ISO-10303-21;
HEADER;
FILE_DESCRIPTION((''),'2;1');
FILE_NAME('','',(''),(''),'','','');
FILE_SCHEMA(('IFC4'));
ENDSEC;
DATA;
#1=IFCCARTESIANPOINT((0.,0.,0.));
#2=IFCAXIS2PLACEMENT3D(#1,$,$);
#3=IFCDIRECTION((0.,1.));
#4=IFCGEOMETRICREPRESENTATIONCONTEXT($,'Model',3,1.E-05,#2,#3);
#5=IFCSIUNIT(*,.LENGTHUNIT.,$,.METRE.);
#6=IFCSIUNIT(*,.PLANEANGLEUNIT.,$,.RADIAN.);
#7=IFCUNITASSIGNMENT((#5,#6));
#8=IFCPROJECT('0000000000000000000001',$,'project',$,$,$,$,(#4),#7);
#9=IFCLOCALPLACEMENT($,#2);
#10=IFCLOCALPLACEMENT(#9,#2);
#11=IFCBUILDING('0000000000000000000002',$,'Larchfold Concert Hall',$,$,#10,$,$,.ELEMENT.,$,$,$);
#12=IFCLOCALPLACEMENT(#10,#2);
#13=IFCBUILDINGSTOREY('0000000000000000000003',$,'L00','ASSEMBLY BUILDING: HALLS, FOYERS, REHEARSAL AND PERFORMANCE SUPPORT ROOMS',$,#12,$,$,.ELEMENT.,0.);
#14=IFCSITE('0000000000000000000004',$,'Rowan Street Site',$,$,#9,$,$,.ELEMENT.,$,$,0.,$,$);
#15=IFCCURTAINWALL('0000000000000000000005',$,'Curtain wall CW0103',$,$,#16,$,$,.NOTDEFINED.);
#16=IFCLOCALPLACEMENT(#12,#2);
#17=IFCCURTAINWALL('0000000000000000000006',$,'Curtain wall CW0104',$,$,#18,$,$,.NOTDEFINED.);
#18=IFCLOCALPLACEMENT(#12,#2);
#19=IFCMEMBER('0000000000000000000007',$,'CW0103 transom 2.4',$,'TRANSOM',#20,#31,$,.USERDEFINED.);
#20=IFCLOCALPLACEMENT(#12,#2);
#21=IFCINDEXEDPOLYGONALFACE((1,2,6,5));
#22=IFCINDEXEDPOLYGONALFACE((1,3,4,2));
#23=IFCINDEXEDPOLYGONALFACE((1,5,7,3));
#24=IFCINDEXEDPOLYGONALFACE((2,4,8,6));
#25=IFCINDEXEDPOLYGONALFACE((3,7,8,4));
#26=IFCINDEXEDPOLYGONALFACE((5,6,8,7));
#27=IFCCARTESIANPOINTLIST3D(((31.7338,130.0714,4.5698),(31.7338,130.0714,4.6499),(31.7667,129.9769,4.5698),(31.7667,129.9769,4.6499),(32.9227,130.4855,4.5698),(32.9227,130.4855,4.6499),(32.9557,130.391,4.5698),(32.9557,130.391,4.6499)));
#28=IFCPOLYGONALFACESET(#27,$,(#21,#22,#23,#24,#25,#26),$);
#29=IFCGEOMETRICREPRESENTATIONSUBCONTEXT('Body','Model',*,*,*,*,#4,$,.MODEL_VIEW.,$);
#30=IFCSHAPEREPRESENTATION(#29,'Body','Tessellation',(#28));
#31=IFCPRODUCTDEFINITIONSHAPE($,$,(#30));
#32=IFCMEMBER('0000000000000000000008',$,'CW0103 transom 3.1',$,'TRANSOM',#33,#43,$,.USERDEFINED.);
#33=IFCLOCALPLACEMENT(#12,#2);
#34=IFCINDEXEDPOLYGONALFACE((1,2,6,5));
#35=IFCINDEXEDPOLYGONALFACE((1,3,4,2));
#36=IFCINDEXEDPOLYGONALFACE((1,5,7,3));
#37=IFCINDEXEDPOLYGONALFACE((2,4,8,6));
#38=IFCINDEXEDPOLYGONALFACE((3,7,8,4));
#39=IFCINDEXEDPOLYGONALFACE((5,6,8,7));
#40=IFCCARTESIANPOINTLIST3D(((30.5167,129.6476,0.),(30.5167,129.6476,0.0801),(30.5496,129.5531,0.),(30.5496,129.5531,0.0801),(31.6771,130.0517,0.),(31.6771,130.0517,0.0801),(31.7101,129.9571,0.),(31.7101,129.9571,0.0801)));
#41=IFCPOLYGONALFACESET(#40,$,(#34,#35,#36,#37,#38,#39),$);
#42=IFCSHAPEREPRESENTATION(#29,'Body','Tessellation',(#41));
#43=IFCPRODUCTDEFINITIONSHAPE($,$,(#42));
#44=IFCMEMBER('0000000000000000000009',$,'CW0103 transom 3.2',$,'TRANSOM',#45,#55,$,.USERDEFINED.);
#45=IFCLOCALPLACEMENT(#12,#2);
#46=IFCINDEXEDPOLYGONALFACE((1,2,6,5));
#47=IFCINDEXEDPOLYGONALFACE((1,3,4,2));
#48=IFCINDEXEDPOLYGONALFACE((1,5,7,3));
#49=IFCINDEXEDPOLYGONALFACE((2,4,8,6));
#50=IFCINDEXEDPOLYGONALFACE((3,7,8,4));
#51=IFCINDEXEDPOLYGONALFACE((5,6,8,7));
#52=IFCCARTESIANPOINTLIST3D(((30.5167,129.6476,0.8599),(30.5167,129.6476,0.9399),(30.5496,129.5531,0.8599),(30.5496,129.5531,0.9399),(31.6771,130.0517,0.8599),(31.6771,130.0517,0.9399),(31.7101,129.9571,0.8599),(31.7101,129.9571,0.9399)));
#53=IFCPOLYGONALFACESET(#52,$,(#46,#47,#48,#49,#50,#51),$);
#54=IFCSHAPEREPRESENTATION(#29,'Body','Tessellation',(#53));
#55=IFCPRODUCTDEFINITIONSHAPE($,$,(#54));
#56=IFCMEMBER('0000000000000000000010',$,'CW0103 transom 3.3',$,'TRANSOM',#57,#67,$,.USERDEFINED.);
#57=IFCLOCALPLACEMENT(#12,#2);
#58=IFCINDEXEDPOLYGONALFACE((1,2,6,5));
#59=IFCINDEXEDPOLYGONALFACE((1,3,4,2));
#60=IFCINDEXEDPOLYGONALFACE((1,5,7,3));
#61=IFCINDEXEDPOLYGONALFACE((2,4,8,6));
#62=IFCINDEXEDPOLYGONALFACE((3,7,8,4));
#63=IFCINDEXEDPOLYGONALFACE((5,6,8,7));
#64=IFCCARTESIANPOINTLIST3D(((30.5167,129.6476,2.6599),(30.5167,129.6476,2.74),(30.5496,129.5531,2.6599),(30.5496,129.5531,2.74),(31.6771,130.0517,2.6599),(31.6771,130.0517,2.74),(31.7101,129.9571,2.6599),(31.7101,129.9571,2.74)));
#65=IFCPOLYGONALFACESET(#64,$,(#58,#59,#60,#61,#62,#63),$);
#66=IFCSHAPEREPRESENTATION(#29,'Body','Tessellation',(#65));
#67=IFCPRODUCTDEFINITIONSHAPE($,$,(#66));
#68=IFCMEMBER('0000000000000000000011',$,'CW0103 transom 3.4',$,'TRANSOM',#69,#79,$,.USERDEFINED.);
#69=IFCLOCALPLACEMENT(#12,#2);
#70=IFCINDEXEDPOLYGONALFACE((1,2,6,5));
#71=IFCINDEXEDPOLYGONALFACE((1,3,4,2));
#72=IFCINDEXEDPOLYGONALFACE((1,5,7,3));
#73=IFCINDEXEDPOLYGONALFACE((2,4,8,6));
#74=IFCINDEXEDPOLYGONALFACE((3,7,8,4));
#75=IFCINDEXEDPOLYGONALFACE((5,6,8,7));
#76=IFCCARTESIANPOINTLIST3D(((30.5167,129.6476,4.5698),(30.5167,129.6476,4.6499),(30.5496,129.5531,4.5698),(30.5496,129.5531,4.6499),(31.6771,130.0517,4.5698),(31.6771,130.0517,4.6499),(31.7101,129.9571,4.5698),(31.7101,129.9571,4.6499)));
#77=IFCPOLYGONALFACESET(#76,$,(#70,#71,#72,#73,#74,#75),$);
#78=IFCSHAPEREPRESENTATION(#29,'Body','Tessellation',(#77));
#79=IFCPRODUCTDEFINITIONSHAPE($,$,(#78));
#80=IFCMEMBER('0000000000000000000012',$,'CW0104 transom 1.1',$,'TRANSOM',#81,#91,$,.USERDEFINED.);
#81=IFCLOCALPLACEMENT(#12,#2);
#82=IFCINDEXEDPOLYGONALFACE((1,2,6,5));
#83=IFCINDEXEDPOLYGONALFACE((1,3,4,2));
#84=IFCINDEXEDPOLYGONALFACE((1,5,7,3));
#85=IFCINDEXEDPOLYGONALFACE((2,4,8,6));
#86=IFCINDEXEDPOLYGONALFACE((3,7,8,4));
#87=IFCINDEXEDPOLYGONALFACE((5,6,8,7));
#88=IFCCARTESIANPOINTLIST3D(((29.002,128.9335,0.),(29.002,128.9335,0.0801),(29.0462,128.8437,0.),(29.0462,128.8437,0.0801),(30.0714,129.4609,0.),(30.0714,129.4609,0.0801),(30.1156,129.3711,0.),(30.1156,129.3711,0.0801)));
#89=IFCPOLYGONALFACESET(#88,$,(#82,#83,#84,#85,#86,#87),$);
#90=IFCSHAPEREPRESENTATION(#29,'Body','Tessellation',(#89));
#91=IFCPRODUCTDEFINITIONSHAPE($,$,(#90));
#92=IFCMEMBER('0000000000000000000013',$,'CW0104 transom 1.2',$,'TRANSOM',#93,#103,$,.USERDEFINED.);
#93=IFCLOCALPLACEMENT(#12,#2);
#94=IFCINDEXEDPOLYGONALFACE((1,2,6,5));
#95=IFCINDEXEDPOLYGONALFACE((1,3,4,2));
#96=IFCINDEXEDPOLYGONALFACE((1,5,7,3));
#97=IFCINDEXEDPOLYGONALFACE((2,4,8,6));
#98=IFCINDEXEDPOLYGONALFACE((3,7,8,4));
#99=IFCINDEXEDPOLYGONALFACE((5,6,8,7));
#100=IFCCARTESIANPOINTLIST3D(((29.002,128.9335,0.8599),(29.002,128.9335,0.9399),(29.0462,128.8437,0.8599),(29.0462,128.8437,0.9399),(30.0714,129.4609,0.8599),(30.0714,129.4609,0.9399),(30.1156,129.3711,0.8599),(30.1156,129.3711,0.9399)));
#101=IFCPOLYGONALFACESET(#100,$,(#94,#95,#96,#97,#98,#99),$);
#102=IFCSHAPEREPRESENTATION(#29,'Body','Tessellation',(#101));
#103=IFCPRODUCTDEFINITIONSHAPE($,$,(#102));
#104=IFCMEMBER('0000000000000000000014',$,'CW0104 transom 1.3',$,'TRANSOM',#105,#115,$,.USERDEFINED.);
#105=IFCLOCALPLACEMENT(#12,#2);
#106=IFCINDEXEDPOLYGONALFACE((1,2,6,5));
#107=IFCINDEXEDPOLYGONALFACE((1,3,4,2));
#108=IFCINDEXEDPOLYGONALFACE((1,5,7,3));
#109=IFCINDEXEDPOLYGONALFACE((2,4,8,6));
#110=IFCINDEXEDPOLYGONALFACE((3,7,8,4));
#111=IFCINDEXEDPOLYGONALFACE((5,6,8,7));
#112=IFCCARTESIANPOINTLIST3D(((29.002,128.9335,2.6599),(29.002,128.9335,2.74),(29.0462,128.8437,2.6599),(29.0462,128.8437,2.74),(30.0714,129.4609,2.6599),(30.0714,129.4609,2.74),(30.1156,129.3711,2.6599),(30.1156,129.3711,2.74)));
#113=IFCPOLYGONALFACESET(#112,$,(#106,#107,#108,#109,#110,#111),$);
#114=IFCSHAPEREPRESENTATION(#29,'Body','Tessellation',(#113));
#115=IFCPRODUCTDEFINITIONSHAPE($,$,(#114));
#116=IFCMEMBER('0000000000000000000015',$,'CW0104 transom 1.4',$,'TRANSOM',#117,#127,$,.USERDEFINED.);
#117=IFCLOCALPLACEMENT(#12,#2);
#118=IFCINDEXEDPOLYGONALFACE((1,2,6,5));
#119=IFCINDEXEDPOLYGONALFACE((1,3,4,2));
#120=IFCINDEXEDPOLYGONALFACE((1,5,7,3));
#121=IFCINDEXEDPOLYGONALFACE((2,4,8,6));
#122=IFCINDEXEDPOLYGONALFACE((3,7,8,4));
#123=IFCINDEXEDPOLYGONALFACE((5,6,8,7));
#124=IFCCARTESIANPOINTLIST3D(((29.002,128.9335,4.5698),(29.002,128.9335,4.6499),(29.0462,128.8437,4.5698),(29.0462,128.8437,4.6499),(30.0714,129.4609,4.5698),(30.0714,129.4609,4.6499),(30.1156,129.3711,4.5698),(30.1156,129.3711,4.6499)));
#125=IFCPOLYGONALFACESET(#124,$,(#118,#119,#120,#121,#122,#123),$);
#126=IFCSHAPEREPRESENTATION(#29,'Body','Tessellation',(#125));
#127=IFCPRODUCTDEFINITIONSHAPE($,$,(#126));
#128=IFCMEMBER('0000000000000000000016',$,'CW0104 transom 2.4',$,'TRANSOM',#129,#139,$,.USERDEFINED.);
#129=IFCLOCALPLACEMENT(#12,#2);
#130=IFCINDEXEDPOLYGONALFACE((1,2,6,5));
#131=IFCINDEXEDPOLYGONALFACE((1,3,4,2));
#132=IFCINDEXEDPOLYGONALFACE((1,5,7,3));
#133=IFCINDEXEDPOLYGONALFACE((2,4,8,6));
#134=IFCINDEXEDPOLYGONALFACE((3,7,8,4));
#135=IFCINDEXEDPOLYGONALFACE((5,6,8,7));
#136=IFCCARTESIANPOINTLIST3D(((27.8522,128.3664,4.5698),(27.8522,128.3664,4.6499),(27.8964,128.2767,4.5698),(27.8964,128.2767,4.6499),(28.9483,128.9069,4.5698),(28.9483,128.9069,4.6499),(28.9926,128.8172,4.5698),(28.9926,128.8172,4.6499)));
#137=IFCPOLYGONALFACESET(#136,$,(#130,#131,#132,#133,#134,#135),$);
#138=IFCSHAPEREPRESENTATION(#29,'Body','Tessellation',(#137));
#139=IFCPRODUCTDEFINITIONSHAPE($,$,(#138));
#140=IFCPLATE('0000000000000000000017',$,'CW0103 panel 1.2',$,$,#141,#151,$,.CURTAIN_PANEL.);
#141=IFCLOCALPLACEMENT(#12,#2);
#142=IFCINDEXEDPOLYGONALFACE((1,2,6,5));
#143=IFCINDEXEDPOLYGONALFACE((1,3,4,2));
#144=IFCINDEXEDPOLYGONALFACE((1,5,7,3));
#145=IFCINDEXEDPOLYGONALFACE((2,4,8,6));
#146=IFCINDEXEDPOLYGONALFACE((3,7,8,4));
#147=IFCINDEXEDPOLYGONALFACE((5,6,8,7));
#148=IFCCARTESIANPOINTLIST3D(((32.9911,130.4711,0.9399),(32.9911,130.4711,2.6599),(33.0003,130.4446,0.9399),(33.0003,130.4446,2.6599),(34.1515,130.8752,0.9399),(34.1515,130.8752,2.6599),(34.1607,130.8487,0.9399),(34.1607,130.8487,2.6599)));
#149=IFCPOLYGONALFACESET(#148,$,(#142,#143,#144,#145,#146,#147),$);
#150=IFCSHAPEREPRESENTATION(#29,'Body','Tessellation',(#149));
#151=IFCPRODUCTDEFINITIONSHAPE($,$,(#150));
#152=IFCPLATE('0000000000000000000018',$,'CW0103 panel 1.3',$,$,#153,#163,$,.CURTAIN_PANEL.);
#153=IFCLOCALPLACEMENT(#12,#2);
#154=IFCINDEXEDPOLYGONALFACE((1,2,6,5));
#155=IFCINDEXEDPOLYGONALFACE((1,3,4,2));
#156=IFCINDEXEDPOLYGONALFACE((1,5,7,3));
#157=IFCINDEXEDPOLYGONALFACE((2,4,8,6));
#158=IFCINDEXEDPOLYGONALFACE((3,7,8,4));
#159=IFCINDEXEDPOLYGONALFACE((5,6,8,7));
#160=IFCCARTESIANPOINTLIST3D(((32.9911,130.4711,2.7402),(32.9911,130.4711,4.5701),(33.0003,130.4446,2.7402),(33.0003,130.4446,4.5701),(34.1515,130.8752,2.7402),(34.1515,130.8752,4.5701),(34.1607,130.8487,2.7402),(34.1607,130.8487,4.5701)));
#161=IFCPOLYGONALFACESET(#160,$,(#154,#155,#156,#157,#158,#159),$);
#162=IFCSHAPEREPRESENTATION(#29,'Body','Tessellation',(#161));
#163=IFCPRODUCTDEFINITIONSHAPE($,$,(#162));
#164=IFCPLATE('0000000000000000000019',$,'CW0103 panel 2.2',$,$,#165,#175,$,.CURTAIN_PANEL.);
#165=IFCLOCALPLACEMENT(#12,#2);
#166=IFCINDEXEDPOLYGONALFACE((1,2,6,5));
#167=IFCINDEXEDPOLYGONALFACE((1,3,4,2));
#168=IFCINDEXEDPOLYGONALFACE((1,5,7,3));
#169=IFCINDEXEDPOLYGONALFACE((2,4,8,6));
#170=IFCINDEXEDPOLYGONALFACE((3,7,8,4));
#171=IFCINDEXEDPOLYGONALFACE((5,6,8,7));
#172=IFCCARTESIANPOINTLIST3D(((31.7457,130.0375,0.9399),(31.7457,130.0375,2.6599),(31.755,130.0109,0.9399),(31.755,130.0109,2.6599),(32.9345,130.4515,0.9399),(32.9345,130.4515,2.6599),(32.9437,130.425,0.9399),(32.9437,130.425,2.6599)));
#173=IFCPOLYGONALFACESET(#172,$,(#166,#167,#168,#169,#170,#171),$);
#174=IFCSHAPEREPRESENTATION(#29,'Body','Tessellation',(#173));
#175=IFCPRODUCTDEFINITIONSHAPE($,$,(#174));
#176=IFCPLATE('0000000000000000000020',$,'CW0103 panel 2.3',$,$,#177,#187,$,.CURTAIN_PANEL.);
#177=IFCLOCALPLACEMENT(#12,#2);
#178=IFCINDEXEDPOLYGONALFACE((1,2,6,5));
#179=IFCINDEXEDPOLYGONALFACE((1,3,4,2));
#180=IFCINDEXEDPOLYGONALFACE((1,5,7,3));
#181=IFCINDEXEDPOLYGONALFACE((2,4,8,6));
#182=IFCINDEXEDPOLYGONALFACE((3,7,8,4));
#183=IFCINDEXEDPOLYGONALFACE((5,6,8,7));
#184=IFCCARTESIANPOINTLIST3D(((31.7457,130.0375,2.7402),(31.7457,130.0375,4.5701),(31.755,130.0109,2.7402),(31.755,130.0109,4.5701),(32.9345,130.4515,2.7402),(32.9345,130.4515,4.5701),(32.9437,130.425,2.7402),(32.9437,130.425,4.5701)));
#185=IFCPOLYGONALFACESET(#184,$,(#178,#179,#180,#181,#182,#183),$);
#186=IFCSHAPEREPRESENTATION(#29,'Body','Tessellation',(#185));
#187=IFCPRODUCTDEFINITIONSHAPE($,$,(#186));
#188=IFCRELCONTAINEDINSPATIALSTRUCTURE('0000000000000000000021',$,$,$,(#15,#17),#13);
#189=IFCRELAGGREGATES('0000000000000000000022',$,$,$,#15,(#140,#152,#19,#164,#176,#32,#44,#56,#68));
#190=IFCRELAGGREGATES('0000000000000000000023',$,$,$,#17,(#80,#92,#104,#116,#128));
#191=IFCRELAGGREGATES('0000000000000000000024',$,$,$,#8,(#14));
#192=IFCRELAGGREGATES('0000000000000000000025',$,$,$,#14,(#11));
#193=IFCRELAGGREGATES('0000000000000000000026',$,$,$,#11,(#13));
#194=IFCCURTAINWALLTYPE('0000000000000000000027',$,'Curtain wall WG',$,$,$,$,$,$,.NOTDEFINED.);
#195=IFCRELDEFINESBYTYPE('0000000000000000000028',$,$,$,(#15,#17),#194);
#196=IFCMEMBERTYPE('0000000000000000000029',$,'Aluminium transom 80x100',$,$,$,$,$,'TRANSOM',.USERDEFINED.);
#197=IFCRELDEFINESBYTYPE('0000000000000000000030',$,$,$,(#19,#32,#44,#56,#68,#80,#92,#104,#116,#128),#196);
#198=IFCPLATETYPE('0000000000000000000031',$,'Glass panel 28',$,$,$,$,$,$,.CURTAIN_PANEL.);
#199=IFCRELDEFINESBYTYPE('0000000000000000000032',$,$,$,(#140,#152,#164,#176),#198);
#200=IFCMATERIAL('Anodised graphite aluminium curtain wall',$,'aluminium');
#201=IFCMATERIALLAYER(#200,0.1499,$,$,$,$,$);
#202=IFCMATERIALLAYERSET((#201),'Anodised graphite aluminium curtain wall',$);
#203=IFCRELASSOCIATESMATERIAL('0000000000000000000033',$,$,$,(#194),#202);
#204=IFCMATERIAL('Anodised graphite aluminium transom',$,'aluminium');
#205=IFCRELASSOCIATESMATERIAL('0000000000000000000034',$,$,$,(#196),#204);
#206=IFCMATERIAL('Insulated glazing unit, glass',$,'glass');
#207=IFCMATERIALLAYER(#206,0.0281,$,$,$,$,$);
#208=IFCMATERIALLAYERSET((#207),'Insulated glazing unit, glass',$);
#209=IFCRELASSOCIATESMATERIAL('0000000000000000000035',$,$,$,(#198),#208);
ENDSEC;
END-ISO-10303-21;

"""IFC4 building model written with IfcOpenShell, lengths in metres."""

from ifc_helpers import new_model, si_unit, direction, frame, origin, origin_2d, place, context, subcontext, project, spatial, rectangle, extrude, material, layer, layer_set, material_profile, profile_set, type_object, element, aggregate, save


model = new_model("IFC4")

# Units and contexts
model_context = context("Model", 3, precision=1e-05, world=origin(), true_north=direction((0.0, 1.0)))
body_context = subcontext(model_context, "Body", "Model", "MODEL_VIEW")
ifc_project = project(units=[si_unit("LENGTHUNIT", "METRE"), si_unit("PLANEANGLEUNIT", "RADIAN")], contexts=[model_context])

# Site, building, storey
site_placement = place(None, origin())
site = spatial("IfcSite", under=ifc_project, at=site_placement, Name="Rowan Street Site", CompositionType="ELEMENT", RefElevation=0.0)
building_placement = place(site_placement, origin())
building = spatial("IfcBuilding", under=site, at=building_placement, Name="Larchfold Concert Hall", CompositionType="ELEMENT")
storey_placement = place(building_placement, origin())
storey = spatial("IfcBuildingStorey", under=building, at=storey_placement, Name="L00", Description="ASSEMBLY BUILDING: HALLS, FOYERS, REHEARSAL AND PERFORMANCE SUPPORT ROOMS", CompositionType="ELEMENT", Elevation=0.0)

# Curtain walls
ifc_material_1 = material(Name="Anodised graphite aluminium curtain wall", Category="aluminium")
ifc_layer_1 = layer(ifc_material_1, 0.1499)
ifc_layer_set_1 = layer_set([ifc_layer_1], Name="Anodised graphite aluminium curtain wall")
curtain_wall_type = type_object("IfcCurtainWallType", Name="Curtain wall WG", PredefinedType="NOTDEFINED", material=ifc_layer_set_1)
curtain_wall_1_placement = place(storey_placement, origin())
curtain_wall_1 = element("IfcCurtainWall", 1, at=curtain_wall_1_placement, inside=storey, type_object=curtain_wall_type, Name="Curtain wall CW0103", PredefinedType="NOTDEFINED")
curtain_wall_2_placement = place(storey_placement, origin())
curtain_wall_2 = element("IfcCurtainWall", 2, at=curtain_wall_2_placement, inside=storey, type_object=curtain_wall_type, Name="Curtain wall CW0104", PredefinedType="NOTDEFINED")

# Members
ifc_material_2 = material(Name="Anodised graphite aluminium transom", Category="aluminium")
ifc_material_profile_1 = material_profile(ifc_material_2, rectangle(XDim=0.1001, YDim=0.0801, at=origin_2d()))
ifc_profile_set_1 = profile_set([ifc_material_profile_1], Name="Anodised graphite aluminium transom")
member_type_1 = type_object("IfcMemberType", Name="Aluminium transom 80x100", ElementType="TRANSOM", PredefinedType="USERDEFINED", material=ifc_profile_set_1)
member_1_placement = place(storey_placement, frame((32.9392, 130.4382, 4.6099), z_axis=(-0.944371, -0.328882, 0.0), x_axis=(0.328882, -0.944371, 0.0)))
member_1 = element("IfcMember", 3, at=member_1_placement, type_object=member_type_1, Name="CW0103 transom 2.4", ObjectType="TRANSOM", PredefinedType="USERDEFINED", context=body_context, shape_type="SweptSolid", body=[
    extrude(rectangle(XDim=0.1001, YDim=0.0801, at=origin_2d()), origin(), (0.0, 0.0, 1.0), 1.259),
])
member_2_placement = place(storey_placement, frame((31.6936, 130.0044, 0.04), z_axis=(-0.944387, -0.328837, 0.0), x_axis=(0.328837, -0.944387, 0.0)))
member_2 = element("IfcMember", 4, at=member_2_placement, type_object=member_type_1, Name="CW0103 transom 3.1", ObjectType="TRANSOM", PredefinedType="USERDEFINED", context=body_context, shape_type="SweptSolid", body=[
    extrude(rectangle(XDim=0.1001, YDim=0.0801, at=origin_2d()), origin(), (0.0, 0.0, 1.0), 1.2288),
])
member_3_placement = place(storey_placement, frame((31.6936, 130.0044, 0.8999), z_axis=(-0.944387, -0.328837, 0.0), x_axis=(0.328837, -0.944387, 0.0)))
member_3 = element("IfcMember", 5, at=member_3_placement, type_object=member_type_1, Name="CW0103 transom 3.2", ObjectType="TRANSOM", PredefinedType="USERDEFINED", context=body_context, shape_type="SweptSolid", body=[
    extrude(rectangle(XDim=0.1001, YDim=0.0801, at=origin_2d()), origin(), (0.0, 0.0, 1.0), 1.2288),
])
member_4_placement = place(storey_placement, frame((31.6936, 130.0044, 2.7), z_axis=(-0.944387, -0.328837, 0.0), x_axis=(0.328837, -0.944387, 0.0)))
member_4 = element("IfcMember", 6, at=member_4_placement, type_object=member_type_1, Name="CW0103 transom 3.3", ObjectType="TRANSOM", PredefinedType="USERDEFINED", context=body_context, shape_type="SweptSolid", body=[
    extrude(rectangle(XDim=0.1001, YDim=0.0801, at=origin_2d()), origin(), (0.0, 0.0, 1.0), 1.2288),
])
member_5_placement = place(storey_placement, frame((31.6936, 130.0044, 4.6099), z_axis=(-0.944387, -0.328837, 0.0), x_axis=(0.328837, -0.944387, 0.0)))
member_5 = element("IfcMember", 7, at=member_5_placement, type_object=member_type_1, Name="CW0103 transom 3.4", ObjectType="TRANSOM", PredefinedType="USERDEFINED", context=body_context, shape_type="SweptSolid", body=[
    extrude(rectangle(XDim=0.1001, YDim=0.0801, at=origin_2d()), origin(), (0.0, 0.0, 1.0), 1.2288),
])
member_6_placement = place(storey_placement, frame((30.0935, 129.416, 0.04), z_axis=(-0.896871, -0.442292, 0.0), x_axis=(0.442292, -0.896871, 0.0)))
member_6 = element("IfcMember", 8, at=member_6_placement, type_object=member_type_1, Name="CW0104 transom 1.1", ObjectType="TRANSOM", PredefinedType="USERDEFINED", context=body_context, shape_type="SweptSolid", body=[
    extrude(rectangle(XDim=0.1001, YDim=0.0801, at=origin_2d()), origin(), (0.0, 0.0, 1.0), 1.1924),
])
member_7_placement = place(storey_placement, frame((30.0935, 129.416, 0.8999), z_axis=(-0.896871, -0.442292, 0.0), x_axis=(0.442292, -0.896871, 0.0)))
member_7 = element("IfcMember", 9, at=member_7_placement, type_object=member_type_1, Name="CW0104 transom 1.2", ObjectType="TRANSOM", PredefinedType="USERDEFINED", context=body_context, shape_type="SweptSolid", body=[
    extrude(rectangle(XDim=0.1001, YDim=0.0801, at=origin_2d()), origin(), (0.0, 0.0, 1.0), 1.1924),
])
member_8_placement = place(storey_placement, frame((30.0935, 129.416, 2.7), z_axis=(-0.896871, -0.442292, 0.0), x_axis=(0.442292, -0.896871, 0.0)))
member_8 = element("IfcMember", 10, at=member_8_placement, type_object=member_type_1, Name="CW0104 transom 1.3", ObjectType="TRANSOM", PredefinedType="USERDEFINED", context=body_context, shape_type="SweptSolid", body=[
    extrude(rectangle(XDim=0.1001, YDim=0.0801, at=origin_2d()), origin(), (0.0, 0.0, 1.0), 1.1924),
])
member_9_placement = place(storey_placement, frame((30.0935, 129.416, 4.6099), z_axis=(-0.896871, -0.442292, 0.0), x_axis=(0.442292, -0.896871, 0.0)))
member_9 = element("IfcMember", 11, at=member_9_placement, type_object=member_type_1, Name="CW0104 transom 1.4", ObjectType="TRANSOM", PredefinedType="USERDEFINED", context=body_context, shape_type="SweptSolid", body=[
    extrude(rectangle(XDim=0.1001, YDim=0.0801, at=origin_2d()), origin(), (0.0, 0.0, 1.0), 1.1924),
])
member_10_placement = place(storey_placement, frame((28.9705, 128.8621, 4.6099), z_axis=(-0.89689, -0.442253, 0.0), x_axis=(0.442253, -0.89689, 0.0)))
member_10 = element("IfcMember", 12, at=member_10_placement, type_object=member_type_1, Name="CW0104 transom 2.4", ObjectType="TRANSOM", PredefinedType="USERDEFINED", context=body_context, shape_type="SweptSolid", body=[
    extrude(rectangle(XDim=0.1001, YDim=0.0801, at=origin_2d()), origin(), (0.0, 0.0, 1.0), 1.2222),
])

# Plates
ifc_material_3 = material(Name="Insulated glazing unit, glass", Category="glass")
ifc_layer_2 = layer(ifc_material_3, 0.0281)
ifc_layer_set_2 = layer_set([ifc_layer_2], Name="Insulated glazing unit, glass")
plate_type_1 = type_object("IfcPlateType", Name="Glass panel 28", PredefinedType="CURTAIN_PANEL", material=ifc_layer_set_2)
plate_1_placement = place(storey_placement, frame((33.5759, 130.6599, 0.9399), z_axis=(0.0, 0.0, 1.0), x_axis=(-0.944365, -0.328899, 0.0)))
plate_1 = element("IfcPlate", 13, at=plate_1_placement, type_object=plate_type_1, Name="CW0103 panel 1.2", PredefinedType="CURTAIN_PANEL", context=body_context, shape_type="SweptSolid", body=[
    extrude(rectangle(XDim=1.2288, YDim=0.0281, at=origin_2d()), origin(), (0.0, 0.0, 1.0), 1.72),
])
plate_2_placement = place(storey_placement, frame((33.5759, 130.6599, 2.7402), z_axis=(0.0, 0.0, 1.0), x_axis=(-0.944365, -0.328899, 0.0)))
plate_2 = element("IfcPlate", 14, at=plate_2_placement, type_object=plate_type_1, Name="CW0103 panel 1.3", PredefinedType="CURTAIN_PANEL", context=body_context, shape_type="SweptSolid", body=[
    extrude(rectangle(XDim=1.2288, YDim=0.0281, at=origin_2d()), origin(), (0.0, 0.0, 1.0), 1.8298),
])
plate_3_placement = place(storey_placement, frame((32.3447, 130.2312, 0.9399), z_axis=(0.0, 0.0, 1.0), x_axis=(-0.944365, -0.328899, 0.0)))
plate_3 = element("IfcPlate", 15, at=plate_3_placement, type_object=plate_type_1, Name="CW0103 panel 2.2", PredefinedType="CURTAIN_PANEL", context=body_context, shape_type="SweptSolid", body=[
    extrude(rectangle(XDim=1.2588, YDim=0.0281, at=origin_2d()), origin(), (0.0, 0.0, 1.0), 1.72),
])
plate_4_placement = place(storey_placement, frame((32.3447, 130.2312, 2.7402), z_axis=(0.0, 0.0, 1.0), x_axis=(-0.944365, -0.328899, 0.0)))
plate_4 = element("IfcPlate", 16, at=plate_4_placement, type_object=plate_type_1, Name="CW0103 panel 2.3", PredefinedType="CURTAIN_PANEL", context=body_context, shape_type="SweptSolid", body=[
    extrude(rectangle(XDim=1.2588, YDim=0.0281, at=origin_2d()), origin(), (0.0, 0.0, 1.0), 1.8298),
])
aggregate(curtain_wall_1, [plate_1, plate_2, member_1, plate_3, plate_4, member_2, member_3, member_4, member_5])
aggregate(curtain_wall_2, [member_6, member_7, member_8, member_9, member_10])

save(model, "model.ifc")
